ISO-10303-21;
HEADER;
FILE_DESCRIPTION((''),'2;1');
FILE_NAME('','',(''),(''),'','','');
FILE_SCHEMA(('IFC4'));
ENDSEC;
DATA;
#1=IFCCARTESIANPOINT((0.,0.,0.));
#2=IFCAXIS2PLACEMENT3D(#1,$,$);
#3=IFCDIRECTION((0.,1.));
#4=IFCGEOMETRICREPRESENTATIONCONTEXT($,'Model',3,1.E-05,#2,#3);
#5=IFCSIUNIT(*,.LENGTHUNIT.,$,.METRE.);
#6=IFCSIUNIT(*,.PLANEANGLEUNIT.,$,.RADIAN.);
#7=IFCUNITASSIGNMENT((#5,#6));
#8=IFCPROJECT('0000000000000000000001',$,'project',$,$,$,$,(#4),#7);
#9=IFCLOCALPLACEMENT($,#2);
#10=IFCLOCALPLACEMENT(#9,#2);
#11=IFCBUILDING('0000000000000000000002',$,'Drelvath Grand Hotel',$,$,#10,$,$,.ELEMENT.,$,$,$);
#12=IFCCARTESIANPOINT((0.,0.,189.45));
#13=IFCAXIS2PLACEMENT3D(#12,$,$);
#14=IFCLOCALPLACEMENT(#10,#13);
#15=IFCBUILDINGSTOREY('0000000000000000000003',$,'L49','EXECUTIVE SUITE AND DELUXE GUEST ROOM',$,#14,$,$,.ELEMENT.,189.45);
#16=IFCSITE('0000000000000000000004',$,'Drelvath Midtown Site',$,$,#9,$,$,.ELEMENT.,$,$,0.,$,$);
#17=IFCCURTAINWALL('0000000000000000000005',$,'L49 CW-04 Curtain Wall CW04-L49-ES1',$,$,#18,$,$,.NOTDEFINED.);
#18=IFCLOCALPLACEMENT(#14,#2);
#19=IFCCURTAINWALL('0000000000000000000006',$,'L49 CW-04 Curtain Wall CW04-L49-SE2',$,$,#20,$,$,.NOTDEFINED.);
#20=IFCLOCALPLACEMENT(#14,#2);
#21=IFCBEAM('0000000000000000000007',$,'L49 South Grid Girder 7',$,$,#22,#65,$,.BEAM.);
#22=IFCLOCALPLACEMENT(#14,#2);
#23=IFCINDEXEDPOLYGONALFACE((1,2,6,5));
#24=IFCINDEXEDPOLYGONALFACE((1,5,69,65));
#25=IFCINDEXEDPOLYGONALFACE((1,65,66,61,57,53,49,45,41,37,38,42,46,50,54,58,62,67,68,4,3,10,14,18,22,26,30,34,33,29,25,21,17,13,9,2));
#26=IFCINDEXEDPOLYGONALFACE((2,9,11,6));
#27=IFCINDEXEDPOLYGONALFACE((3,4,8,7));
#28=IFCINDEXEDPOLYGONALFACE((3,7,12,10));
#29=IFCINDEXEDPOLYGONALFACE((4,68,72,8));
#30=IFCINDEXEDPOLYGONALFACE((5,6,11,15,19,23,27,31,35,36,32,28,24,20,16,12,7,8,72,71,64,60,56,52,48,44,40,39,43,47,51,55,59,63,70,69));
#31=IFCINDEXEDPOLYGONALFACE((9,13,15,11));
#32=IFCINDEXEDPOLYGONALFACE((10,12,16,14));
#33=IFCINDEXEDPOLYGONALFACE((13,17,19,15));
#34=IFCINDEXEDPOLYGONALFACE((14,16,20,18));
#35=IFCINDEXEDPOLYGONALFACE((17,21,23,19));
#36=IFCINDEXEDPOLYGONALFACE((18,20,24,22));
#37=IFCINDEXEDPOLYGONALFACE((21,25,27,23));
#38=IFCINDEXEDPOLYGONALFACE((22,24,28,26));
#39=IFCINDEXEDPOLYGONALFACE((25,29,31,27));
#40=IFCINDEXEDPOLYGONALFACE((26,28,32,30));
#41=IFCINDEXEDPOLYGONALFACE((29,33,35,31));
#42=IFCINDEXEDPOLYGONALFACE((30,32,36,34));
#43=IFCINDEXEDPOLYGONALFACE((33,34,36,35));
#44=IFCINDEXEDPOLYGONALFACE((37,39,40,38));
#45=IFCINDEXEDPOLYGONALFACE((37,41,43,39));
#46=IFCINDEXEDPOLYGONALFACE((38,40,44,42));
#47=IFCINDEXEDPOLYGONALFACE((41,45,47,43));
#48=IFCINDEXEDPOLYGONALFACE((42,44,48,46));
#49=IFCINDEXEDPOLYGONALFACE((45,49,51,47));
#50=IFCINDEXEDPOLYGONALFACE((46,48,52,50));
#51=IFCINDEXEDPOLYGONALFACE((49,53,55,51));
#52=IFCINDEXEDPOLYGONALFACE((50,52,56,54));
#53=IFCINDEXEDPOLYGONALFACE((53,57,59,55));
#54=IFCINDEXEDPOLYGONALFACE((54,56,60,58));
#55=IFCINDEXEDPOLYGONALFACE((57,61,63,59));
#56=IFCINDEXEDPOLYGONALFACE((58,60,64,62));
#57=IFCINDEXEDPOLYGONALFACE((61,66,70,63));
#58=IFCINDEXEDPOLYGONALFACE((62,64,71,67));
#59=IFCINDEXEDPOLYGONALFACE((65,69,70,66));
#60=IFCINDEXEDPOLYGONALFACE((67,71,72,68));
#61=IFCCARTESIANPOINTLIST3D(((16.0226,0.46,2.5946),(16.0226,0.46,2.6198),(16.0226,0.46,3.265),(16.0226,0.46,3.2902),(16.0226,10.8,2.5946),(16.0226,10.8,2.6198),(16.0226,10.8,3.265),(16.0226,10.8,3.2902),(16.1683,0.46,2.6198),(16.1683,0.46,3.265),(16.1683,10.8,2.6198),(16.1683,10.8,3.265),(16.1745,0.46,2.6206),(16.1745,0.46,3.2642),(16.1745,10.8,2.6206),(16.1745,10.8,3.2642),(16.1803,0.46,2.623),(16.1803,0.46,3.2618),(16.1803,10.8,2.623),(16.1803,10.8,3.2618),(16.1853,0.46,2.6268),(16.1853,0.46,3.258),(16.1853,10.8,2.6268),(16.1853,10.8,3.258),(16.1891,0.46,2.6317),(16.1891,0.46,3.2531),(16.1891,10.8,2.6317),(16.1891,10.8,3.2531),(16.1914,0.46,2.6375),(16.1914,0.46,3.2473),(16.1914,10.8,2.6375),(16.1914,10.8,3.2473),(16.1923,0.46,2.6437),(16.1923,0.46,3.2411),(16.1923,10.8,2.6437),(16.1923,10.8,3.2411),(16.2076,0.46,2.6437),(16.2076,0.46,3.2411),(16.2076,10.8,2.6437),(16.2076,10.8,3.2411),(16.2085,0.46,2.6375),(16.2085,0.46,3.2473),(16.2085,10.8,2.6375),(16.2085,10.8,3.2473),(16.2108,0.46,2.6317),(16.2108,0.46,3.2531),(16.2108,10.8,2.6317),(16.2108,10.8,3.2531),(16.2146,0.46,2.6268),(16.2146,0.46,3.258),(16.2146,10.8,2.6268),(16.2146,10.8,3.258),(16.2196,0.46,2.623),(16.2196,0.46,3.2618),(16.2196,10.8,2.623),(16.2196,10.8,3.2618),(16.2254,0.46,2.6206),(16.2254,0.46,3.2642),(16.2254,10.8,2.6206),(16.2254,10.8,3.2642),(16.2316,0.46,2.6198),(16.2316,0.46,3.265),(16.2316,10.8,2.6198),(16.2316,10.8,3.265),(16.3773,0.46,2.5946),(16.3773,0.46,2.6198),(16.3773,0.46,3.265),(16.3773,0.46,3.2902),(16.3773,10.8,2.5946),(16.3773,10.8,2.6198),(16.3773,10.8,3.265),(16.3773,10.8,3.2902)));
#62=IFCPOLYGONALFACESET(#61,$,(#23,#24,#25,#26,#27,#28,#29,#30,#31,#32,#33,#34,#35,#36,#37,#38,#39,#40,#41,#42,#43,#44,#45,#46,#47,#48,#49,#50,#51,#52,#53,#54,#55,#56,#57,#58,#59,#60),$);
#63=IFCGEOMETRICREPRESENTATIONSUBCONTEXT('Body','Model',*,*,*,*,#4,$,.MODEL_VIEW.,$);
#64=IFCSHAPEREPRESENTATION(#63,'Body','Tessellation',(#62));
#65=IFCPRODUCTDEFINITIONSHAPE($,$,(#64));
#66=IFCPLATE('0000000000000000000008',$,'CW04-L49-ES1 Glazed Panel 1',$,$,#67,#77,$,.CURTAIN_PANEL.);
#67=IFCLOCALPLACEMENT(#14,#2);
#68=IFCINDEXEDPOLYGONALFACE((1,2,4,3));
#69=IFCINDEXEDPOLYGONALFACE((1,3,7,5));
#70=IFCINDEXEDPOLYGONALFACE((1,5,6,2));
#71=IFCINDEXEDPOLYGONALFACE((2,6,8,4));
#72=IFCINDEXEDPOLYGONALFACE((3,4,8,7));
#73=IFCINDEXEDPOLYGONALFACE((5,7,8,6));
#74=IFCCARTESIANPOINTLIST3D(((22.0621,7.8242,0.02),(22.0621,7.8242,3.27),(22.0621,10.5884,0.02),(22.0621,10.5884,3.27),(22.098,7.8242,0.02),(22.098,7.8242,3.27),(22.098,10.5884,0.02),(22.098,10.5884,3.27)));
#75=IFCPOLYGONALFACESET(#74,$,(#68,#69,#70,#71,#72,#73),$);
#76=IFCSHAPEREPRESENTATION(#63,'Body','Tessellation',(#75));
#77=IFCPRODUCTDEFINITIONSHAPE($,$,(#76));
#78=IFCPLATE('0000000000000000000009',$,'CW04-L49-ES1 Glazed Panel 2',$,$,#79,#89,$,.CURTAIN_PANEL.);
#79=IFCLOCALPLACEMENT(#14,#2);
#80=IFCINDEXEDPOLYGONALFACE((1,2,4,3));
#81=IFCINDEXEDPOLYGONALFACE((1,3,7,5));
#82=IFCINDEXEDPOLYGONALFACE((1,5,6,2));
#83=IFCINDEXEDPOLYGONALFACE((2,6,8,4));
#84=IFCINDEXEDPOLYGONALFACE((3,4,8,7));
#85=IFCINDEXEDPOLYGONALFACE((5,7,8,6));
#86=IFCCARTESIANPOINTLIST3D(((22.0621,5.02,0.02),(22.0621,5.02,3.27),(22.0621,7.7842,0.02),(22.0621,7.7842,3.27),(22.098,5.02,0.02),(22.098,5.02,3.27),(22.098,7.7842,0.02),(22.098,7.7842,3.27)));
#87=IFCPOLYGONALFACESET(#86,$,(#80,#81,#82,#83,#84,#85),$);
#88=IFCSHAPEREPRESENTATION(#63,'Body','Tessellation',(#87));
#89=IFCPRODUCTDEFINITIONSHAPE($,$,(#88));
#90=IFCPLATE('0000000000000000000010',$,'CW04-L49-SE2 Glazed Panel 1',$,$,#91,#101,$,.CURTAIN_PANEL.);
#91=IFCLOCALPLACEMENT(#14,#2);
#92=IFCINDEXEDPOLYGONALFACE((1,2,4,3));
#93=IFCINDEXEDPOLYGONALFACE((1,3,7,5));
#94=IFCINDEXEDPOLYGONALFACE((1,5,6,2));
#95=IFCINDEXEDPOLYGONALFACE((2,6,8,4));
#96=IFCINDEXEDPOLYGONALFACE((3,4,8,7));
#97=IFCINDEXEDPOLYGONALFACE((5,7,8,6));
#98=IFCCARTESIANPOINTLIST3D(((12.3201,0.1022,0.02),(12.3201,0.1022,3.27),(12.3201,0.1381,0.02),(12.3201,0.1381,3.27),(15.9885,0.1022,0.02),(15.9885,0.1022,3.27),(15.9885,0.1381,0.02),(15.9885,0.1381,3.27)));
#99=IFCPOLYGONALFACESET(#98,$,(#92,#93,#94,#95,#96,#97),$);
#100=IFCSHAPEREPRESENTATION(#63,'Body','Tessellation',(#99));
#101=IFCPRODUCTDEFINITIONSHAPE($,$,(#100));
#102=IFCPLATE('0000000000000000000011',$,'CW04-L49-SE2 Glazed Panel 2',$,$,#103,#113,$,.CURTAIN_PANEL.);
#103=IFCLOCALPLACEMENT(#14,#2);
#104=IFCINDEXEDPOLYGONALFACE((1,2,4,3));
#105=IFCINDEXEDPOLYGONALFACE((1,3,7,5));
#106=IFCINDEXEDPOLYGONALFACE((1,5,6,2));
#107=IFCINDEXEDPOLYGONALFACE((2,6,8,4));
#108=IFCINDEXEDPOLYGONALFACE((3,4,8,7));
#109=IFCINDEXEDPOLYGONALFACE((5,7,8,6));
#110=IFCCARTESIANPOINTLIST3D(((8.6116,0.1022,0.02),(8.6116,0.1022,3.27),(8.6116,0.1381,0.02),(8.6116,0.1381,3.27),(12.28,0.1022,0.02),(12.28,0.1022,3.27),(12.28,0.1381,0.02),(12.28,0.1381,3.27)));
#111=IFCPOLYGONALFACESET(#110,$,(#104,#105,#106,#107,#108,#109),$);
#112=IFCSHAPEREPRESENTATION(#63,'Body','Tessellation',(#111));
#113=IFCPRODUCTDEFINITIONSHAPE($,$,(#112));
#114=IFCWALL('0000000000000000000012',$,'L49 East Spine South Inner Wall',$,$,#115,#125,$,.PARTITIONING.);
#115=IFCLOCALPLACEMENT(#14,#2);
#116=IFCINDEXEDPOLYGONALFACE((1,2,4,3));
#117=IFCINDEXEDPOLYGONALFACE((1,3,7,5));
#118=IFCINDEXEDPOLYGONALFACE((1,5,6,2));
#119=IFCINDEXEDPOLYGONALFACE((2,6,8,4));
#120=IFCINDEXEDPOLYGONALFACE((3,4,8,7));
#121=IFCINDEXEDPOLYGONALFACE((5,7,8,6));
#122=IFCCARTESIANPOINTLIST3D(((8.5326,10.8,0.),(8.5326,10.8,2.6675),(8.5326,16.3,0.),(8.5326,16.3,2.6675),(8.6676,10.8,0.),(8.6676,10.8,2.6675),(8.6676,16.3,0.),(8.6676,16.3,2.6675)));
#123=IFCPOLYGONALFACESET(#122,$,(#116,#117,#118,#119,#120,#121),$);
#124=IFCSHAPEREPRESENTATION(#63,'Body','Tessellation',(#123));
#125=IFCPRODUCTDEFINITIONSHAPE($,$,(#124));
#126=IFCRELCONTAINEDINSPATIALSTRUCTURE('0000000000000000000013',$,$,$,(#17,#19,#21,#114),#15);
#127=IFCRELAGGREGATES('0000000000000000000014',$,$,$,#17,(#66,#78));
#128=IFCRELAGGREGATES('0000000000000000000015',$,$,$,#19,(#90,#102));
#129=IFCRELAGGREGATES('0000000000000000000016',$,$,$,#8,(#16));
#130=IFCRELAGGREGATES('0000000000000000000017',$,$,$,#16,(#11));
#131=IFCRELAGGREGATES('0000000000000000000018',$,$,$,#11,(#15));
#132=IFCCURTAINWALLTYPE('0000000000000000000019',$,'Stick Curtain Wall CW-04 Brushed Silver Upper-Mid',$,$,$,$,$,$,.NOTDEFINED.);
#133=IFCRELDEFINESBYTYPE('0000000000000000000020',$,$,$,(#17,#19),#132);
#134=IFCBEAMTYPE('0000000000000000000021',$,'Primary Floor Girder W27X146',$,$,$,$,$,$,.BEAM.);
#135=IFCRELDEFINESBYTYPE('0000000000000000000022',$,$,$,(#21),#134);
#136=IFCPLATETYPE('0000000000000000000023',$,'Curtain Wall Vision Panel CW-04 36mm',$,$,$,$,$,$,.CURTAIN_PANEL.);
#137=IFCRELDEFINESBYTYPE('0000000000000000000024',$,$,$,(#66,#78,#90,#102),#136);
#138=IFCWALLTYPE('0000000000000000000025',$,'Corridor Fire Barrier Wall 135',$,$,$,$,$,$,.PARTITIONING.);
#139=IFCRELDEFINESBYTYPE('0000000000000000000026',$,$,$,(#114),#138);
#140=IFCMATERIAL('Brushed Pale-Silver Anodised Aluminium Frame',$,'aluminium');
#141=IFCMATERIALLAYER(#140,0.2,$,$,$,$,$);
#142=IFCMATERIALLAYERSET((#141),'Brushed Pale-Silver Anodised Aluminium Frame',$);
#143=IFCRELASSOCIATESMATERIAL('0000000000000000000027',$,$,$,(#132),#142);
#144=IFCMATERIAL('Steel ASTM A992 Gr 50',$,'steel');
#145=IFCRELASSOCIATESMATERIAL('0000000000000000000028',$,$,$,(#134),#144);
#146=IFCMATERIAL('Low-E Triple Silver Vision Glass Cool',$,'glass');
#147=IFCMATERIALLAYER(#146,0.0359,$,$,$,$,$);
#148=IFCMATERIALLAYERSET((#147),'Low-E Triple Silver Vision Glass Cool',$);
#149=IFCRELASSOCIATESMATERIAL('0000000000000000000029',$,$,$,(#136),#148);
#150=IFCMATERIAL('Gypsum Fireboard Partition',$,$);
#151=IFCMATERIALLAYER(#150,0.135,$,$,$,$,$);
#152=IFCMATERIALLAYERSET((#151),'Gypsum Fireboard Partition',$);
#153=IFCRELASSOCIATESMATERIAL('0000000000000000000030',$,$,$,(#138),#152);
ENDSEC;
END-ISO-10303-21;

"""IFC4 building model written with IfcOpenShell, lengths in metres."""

from ifc_helpers import new_model, si_unit, direction, frame, frame_2d, origin, origin_2d, place, context, subcontext, project, spatial, rectangle, i_section, extrude, material, layer, layer_set, material_profile, profile_set, type_object, element, aggregate, save


model = new_model("IFC4")

# Units and contexts
model_context = context("Model", 3, precision=1e-05, world=origin(), true_north=direction((0.0, 1.0)))
body_context = subcontext(model_context, "Body", "Model", "MODEL_VIEW")
ifc_project = project(units=[si_unit("LENGTHUNIT", "METRE"), si_unit("PLANEANGLEUNIT", "RADIAN")], contexts=[model_context])

# Site, building, storey
site_placement = place(None, origin())
site = spatial("IfcSite", under=ifc_project, at=site_placement, Name="Drelvath Midtown Site", CompositionType="ELEMENT", RefElevation=0.0)
building_placement = place(site_placement, origin())
building = spatial("IfcBuilding", under=site, at=building_placement, Name="Drelvath Grand Hotel", CompositionType="ELEMENT")
storey_placement = place(building_placement, frame((0.0, 0.0, 189.45)))
storey = spatial("IfcBuildingStorey", under=building, at=storey_placement, Name="L49", Description="EXECUTIVE SUITE AND DELUXE GUEST ROOM", CompositionType="ELEMENT", Elevation=189.45)

# Curtain walls
ifc_material_1 = material(Name="Brushed Pale-Silver Anodised Aluminium Frame", Category="aluminium")
ifc_layer_1 = layer(ifc_material_1, 0.2)
ifc_layer_set_1 = layer_set([ifc_layer_1], Name="Brushed Pale-Silver Anodised Aluminium Frame")
curtain_wall_type = type_object("IfcCurtainWallType", Name="Stick Curtain Wall CW-04 Brushed Silver Upper-Mid", PredefinedType="NOTDEFINED", material=ifc_layer_set_1)
curtain_wall_1_placement = place(storey_placement, origin())
curtain_wall_1 = element("IfcCurtainWall", 1, at=curtain_wall_1_placement, inside=storey, type_object=curtain_wall_type, Name="L49 CW-04 Curtain Wall CW04-L49-ES1", PredefinedType="NOTDEFINED")
curtain_wall_2_placement = place(storey_placement, origin())
curtain_wall_2 = element("IfcCurtainWall", 2, at=curtain_wall_2_placement, inside=storey, type_object=curtain_wall_type, Name="L49 CW-04 Curtain Wall CW04-L49-SE2", PredefinedType="NOTDEFINED")

# Beam
ifc_material_2 = material(Name="Steel ASTM A992 Gr 50", Category="steel")
ifc_material_profile_1 = material_profile(ifc_material_2, i_section(OverallWidth=0.3547, OverallDepth=0.6956, WebThickness=0.0154, FlangeThickness=0.0251, FilletRadius=0.0239, at=origin_2d()), Name="W27X146")
ifc_profile_set_1 = profile_set([ifc_material_profile_1], Name="Steel ASTM A992 Gr 50")
beam_type = type_object("IfcBeamType", Name="Primary Floor Girder W27X146", PredefinedType="BEAM", material=ifc_profile_set_1)
beam_placement = place(storey_placement, frame((16.2, 0.46, 2.9424), z_axis=(0.0, 1.0, 0.0), x_axis=(-1.0, 0.0, 0.0)))
element("IfcBeam", 3, at=beam_placement, inside=storey, type_object=beam_type, Name="L49 South Grid Girder 7", PredefinedType="BEAM", context=body_context, shape_type="SweptSolid", body=[
    extrude(i_section(OverallWidth=0.3547, OverallDepth=0.6956, WebThickness=0.0154, FlangeThickness=0.0251, FilletRadius=0.0239, at=origin_2d()), origin(), (0.0, 0.0, 1.0), 10.3401),
])

# Plates
ifc_material_3 = material(Name="Low-E Triple Silver Vision Glass Cool", Category="glass")
ifc_layer_2 = layer(ifc_material_3, 0.0359)
ifc_layer_set_2 = layer_set([ifc_layer_2], Name="Low-E Triple Silver Vision Glass Cool")
plate_type = type_object("IfcPlateType", Name="Curtain Wall Vision Panel CW-04 36mm", PredefinedType="CURTAIN_PANEL", material=ifc_layer_set_2)
plate_1_placement = place(storey_placement, frame((22.0801, 9.2063, 0.02), z_axis=(0.0, 0.0, 1.0), x_axis=(0.0, -1.0, 0.0)))
plate_1 = element("IfcPlate", 4, at=plate_1_placement, type_object=plate_type, Name="CW04-L49-ES1 Glazed Panel 1", PredefinedType="CURTAIN_PANEL", context=body_context, shape_type="SweptSolid", body=[
    extrude(rectangle(XDim=2.7642, YDim=0.0359, at=origin_2d()), origin(), (0.0, 0.0, 1.0), 3.25),
])
plate_2_placement = place(storey_placement, frame((22.0801, 6.4021, 0.02), z_axis=(0.0, 0.0, 1.0), x_axis=(0.0, -1.0, 0.0)))
plate_2 = element("IfcPlate", 5, at=plate_2_placement, type_object=plate_type, Name="CW04-L49-ES1 Glazed Panel 2", PredefinedType="CURTAIN_PANEL", context=body_context, shape_type="SweptSolid", body=[
    extrude(rectangle(XDim=2.7642, YDim=0.0359, at=origin_2d()), origin(), (0.0, 0.0, 1.0), 3.25),
])
aggregate(curtain_wall_1, [plate_1, plate_2])
plate_3_placement = place(storey_placement, frame((14.1543, 0.1201, 0.02), z_axis=(0.0, 0.0, 1.0), x_axis=(-1.0, 0.0, 0.0)))
plate_3 = element("IfcPlate", 6, at=plate_3_placement, type_object=plate_type, Name="CW04-L49-SE2 Glazed Panel 1", PredefinedType="CURTAIN_PANEL", context=body_context, shape_type="SweptSolid", body=[
    extrude(rectangle(XDim=3.6685, YDim=0.0359, at=origin_2d()), origin(), (0.0, 0.0, 1.0), 3.25),
])
plate_4_placement = place(storey_placement, frame((10.4458, 0.1201, 0.02), z_axis=(0.0, 0.0, 1.0), x_axis=(-1.0, 0.0, 0.0)))
plate_4 = element("IfcPlate", 7, at=plate_4_placement, type_object=plate_type, Name="CW04-L49-SE2 Glazed Panel 2", PredefinedType="CURTAIN_PANEL", context=body_context, shape_type="SweptSolid", body=[
    extrude(rectangle(XDim=3.6685, YDim=0.0359, at=origin_2d()), origin(), (0.0, 0.0, 1.0), 3.25),
])
aggregate(curtain_wall_2, [plate_3, plate_4])

# Wall
ifc_material_4 = material(Name="Gypsum Fireboard Partition")
ifc_layer_3 = layer(ifc_material_4, 0.135)
ifc_layer_set_3 = layer_set([ifc_layer_3], Name="Gypsum Fireboard Partition")
wall_type_1 = type_object("IfcWallType", Name="Corridor Fire Barrier Wall 135", PredefinedType="PARTITIONING", material=ifc_layer_set_3)
wall_1_placement = place(storey_placement, frame((8.6001, 10.8, 0.0), z_axis=(0.0, 0.0, 1.0), x_axis=(0.0, 1.0, 0.0)))
element("IfcWall", 8, at=wall_1_placement, inside=storey, type_object=wall_type_1, Name="L49 East Spine South Inner Wall", PredefinedType="PARTITIONING", context=body_context, shape_type="SweptSolid", body=[
    extrude(rectangle(XDim=5.5, YDim=0.135, at=frame_2d((2.75, 0.0))), origin(), (0.0, 0.0, 1.0), 2.6675),
])

save(model, "model.ifc")
